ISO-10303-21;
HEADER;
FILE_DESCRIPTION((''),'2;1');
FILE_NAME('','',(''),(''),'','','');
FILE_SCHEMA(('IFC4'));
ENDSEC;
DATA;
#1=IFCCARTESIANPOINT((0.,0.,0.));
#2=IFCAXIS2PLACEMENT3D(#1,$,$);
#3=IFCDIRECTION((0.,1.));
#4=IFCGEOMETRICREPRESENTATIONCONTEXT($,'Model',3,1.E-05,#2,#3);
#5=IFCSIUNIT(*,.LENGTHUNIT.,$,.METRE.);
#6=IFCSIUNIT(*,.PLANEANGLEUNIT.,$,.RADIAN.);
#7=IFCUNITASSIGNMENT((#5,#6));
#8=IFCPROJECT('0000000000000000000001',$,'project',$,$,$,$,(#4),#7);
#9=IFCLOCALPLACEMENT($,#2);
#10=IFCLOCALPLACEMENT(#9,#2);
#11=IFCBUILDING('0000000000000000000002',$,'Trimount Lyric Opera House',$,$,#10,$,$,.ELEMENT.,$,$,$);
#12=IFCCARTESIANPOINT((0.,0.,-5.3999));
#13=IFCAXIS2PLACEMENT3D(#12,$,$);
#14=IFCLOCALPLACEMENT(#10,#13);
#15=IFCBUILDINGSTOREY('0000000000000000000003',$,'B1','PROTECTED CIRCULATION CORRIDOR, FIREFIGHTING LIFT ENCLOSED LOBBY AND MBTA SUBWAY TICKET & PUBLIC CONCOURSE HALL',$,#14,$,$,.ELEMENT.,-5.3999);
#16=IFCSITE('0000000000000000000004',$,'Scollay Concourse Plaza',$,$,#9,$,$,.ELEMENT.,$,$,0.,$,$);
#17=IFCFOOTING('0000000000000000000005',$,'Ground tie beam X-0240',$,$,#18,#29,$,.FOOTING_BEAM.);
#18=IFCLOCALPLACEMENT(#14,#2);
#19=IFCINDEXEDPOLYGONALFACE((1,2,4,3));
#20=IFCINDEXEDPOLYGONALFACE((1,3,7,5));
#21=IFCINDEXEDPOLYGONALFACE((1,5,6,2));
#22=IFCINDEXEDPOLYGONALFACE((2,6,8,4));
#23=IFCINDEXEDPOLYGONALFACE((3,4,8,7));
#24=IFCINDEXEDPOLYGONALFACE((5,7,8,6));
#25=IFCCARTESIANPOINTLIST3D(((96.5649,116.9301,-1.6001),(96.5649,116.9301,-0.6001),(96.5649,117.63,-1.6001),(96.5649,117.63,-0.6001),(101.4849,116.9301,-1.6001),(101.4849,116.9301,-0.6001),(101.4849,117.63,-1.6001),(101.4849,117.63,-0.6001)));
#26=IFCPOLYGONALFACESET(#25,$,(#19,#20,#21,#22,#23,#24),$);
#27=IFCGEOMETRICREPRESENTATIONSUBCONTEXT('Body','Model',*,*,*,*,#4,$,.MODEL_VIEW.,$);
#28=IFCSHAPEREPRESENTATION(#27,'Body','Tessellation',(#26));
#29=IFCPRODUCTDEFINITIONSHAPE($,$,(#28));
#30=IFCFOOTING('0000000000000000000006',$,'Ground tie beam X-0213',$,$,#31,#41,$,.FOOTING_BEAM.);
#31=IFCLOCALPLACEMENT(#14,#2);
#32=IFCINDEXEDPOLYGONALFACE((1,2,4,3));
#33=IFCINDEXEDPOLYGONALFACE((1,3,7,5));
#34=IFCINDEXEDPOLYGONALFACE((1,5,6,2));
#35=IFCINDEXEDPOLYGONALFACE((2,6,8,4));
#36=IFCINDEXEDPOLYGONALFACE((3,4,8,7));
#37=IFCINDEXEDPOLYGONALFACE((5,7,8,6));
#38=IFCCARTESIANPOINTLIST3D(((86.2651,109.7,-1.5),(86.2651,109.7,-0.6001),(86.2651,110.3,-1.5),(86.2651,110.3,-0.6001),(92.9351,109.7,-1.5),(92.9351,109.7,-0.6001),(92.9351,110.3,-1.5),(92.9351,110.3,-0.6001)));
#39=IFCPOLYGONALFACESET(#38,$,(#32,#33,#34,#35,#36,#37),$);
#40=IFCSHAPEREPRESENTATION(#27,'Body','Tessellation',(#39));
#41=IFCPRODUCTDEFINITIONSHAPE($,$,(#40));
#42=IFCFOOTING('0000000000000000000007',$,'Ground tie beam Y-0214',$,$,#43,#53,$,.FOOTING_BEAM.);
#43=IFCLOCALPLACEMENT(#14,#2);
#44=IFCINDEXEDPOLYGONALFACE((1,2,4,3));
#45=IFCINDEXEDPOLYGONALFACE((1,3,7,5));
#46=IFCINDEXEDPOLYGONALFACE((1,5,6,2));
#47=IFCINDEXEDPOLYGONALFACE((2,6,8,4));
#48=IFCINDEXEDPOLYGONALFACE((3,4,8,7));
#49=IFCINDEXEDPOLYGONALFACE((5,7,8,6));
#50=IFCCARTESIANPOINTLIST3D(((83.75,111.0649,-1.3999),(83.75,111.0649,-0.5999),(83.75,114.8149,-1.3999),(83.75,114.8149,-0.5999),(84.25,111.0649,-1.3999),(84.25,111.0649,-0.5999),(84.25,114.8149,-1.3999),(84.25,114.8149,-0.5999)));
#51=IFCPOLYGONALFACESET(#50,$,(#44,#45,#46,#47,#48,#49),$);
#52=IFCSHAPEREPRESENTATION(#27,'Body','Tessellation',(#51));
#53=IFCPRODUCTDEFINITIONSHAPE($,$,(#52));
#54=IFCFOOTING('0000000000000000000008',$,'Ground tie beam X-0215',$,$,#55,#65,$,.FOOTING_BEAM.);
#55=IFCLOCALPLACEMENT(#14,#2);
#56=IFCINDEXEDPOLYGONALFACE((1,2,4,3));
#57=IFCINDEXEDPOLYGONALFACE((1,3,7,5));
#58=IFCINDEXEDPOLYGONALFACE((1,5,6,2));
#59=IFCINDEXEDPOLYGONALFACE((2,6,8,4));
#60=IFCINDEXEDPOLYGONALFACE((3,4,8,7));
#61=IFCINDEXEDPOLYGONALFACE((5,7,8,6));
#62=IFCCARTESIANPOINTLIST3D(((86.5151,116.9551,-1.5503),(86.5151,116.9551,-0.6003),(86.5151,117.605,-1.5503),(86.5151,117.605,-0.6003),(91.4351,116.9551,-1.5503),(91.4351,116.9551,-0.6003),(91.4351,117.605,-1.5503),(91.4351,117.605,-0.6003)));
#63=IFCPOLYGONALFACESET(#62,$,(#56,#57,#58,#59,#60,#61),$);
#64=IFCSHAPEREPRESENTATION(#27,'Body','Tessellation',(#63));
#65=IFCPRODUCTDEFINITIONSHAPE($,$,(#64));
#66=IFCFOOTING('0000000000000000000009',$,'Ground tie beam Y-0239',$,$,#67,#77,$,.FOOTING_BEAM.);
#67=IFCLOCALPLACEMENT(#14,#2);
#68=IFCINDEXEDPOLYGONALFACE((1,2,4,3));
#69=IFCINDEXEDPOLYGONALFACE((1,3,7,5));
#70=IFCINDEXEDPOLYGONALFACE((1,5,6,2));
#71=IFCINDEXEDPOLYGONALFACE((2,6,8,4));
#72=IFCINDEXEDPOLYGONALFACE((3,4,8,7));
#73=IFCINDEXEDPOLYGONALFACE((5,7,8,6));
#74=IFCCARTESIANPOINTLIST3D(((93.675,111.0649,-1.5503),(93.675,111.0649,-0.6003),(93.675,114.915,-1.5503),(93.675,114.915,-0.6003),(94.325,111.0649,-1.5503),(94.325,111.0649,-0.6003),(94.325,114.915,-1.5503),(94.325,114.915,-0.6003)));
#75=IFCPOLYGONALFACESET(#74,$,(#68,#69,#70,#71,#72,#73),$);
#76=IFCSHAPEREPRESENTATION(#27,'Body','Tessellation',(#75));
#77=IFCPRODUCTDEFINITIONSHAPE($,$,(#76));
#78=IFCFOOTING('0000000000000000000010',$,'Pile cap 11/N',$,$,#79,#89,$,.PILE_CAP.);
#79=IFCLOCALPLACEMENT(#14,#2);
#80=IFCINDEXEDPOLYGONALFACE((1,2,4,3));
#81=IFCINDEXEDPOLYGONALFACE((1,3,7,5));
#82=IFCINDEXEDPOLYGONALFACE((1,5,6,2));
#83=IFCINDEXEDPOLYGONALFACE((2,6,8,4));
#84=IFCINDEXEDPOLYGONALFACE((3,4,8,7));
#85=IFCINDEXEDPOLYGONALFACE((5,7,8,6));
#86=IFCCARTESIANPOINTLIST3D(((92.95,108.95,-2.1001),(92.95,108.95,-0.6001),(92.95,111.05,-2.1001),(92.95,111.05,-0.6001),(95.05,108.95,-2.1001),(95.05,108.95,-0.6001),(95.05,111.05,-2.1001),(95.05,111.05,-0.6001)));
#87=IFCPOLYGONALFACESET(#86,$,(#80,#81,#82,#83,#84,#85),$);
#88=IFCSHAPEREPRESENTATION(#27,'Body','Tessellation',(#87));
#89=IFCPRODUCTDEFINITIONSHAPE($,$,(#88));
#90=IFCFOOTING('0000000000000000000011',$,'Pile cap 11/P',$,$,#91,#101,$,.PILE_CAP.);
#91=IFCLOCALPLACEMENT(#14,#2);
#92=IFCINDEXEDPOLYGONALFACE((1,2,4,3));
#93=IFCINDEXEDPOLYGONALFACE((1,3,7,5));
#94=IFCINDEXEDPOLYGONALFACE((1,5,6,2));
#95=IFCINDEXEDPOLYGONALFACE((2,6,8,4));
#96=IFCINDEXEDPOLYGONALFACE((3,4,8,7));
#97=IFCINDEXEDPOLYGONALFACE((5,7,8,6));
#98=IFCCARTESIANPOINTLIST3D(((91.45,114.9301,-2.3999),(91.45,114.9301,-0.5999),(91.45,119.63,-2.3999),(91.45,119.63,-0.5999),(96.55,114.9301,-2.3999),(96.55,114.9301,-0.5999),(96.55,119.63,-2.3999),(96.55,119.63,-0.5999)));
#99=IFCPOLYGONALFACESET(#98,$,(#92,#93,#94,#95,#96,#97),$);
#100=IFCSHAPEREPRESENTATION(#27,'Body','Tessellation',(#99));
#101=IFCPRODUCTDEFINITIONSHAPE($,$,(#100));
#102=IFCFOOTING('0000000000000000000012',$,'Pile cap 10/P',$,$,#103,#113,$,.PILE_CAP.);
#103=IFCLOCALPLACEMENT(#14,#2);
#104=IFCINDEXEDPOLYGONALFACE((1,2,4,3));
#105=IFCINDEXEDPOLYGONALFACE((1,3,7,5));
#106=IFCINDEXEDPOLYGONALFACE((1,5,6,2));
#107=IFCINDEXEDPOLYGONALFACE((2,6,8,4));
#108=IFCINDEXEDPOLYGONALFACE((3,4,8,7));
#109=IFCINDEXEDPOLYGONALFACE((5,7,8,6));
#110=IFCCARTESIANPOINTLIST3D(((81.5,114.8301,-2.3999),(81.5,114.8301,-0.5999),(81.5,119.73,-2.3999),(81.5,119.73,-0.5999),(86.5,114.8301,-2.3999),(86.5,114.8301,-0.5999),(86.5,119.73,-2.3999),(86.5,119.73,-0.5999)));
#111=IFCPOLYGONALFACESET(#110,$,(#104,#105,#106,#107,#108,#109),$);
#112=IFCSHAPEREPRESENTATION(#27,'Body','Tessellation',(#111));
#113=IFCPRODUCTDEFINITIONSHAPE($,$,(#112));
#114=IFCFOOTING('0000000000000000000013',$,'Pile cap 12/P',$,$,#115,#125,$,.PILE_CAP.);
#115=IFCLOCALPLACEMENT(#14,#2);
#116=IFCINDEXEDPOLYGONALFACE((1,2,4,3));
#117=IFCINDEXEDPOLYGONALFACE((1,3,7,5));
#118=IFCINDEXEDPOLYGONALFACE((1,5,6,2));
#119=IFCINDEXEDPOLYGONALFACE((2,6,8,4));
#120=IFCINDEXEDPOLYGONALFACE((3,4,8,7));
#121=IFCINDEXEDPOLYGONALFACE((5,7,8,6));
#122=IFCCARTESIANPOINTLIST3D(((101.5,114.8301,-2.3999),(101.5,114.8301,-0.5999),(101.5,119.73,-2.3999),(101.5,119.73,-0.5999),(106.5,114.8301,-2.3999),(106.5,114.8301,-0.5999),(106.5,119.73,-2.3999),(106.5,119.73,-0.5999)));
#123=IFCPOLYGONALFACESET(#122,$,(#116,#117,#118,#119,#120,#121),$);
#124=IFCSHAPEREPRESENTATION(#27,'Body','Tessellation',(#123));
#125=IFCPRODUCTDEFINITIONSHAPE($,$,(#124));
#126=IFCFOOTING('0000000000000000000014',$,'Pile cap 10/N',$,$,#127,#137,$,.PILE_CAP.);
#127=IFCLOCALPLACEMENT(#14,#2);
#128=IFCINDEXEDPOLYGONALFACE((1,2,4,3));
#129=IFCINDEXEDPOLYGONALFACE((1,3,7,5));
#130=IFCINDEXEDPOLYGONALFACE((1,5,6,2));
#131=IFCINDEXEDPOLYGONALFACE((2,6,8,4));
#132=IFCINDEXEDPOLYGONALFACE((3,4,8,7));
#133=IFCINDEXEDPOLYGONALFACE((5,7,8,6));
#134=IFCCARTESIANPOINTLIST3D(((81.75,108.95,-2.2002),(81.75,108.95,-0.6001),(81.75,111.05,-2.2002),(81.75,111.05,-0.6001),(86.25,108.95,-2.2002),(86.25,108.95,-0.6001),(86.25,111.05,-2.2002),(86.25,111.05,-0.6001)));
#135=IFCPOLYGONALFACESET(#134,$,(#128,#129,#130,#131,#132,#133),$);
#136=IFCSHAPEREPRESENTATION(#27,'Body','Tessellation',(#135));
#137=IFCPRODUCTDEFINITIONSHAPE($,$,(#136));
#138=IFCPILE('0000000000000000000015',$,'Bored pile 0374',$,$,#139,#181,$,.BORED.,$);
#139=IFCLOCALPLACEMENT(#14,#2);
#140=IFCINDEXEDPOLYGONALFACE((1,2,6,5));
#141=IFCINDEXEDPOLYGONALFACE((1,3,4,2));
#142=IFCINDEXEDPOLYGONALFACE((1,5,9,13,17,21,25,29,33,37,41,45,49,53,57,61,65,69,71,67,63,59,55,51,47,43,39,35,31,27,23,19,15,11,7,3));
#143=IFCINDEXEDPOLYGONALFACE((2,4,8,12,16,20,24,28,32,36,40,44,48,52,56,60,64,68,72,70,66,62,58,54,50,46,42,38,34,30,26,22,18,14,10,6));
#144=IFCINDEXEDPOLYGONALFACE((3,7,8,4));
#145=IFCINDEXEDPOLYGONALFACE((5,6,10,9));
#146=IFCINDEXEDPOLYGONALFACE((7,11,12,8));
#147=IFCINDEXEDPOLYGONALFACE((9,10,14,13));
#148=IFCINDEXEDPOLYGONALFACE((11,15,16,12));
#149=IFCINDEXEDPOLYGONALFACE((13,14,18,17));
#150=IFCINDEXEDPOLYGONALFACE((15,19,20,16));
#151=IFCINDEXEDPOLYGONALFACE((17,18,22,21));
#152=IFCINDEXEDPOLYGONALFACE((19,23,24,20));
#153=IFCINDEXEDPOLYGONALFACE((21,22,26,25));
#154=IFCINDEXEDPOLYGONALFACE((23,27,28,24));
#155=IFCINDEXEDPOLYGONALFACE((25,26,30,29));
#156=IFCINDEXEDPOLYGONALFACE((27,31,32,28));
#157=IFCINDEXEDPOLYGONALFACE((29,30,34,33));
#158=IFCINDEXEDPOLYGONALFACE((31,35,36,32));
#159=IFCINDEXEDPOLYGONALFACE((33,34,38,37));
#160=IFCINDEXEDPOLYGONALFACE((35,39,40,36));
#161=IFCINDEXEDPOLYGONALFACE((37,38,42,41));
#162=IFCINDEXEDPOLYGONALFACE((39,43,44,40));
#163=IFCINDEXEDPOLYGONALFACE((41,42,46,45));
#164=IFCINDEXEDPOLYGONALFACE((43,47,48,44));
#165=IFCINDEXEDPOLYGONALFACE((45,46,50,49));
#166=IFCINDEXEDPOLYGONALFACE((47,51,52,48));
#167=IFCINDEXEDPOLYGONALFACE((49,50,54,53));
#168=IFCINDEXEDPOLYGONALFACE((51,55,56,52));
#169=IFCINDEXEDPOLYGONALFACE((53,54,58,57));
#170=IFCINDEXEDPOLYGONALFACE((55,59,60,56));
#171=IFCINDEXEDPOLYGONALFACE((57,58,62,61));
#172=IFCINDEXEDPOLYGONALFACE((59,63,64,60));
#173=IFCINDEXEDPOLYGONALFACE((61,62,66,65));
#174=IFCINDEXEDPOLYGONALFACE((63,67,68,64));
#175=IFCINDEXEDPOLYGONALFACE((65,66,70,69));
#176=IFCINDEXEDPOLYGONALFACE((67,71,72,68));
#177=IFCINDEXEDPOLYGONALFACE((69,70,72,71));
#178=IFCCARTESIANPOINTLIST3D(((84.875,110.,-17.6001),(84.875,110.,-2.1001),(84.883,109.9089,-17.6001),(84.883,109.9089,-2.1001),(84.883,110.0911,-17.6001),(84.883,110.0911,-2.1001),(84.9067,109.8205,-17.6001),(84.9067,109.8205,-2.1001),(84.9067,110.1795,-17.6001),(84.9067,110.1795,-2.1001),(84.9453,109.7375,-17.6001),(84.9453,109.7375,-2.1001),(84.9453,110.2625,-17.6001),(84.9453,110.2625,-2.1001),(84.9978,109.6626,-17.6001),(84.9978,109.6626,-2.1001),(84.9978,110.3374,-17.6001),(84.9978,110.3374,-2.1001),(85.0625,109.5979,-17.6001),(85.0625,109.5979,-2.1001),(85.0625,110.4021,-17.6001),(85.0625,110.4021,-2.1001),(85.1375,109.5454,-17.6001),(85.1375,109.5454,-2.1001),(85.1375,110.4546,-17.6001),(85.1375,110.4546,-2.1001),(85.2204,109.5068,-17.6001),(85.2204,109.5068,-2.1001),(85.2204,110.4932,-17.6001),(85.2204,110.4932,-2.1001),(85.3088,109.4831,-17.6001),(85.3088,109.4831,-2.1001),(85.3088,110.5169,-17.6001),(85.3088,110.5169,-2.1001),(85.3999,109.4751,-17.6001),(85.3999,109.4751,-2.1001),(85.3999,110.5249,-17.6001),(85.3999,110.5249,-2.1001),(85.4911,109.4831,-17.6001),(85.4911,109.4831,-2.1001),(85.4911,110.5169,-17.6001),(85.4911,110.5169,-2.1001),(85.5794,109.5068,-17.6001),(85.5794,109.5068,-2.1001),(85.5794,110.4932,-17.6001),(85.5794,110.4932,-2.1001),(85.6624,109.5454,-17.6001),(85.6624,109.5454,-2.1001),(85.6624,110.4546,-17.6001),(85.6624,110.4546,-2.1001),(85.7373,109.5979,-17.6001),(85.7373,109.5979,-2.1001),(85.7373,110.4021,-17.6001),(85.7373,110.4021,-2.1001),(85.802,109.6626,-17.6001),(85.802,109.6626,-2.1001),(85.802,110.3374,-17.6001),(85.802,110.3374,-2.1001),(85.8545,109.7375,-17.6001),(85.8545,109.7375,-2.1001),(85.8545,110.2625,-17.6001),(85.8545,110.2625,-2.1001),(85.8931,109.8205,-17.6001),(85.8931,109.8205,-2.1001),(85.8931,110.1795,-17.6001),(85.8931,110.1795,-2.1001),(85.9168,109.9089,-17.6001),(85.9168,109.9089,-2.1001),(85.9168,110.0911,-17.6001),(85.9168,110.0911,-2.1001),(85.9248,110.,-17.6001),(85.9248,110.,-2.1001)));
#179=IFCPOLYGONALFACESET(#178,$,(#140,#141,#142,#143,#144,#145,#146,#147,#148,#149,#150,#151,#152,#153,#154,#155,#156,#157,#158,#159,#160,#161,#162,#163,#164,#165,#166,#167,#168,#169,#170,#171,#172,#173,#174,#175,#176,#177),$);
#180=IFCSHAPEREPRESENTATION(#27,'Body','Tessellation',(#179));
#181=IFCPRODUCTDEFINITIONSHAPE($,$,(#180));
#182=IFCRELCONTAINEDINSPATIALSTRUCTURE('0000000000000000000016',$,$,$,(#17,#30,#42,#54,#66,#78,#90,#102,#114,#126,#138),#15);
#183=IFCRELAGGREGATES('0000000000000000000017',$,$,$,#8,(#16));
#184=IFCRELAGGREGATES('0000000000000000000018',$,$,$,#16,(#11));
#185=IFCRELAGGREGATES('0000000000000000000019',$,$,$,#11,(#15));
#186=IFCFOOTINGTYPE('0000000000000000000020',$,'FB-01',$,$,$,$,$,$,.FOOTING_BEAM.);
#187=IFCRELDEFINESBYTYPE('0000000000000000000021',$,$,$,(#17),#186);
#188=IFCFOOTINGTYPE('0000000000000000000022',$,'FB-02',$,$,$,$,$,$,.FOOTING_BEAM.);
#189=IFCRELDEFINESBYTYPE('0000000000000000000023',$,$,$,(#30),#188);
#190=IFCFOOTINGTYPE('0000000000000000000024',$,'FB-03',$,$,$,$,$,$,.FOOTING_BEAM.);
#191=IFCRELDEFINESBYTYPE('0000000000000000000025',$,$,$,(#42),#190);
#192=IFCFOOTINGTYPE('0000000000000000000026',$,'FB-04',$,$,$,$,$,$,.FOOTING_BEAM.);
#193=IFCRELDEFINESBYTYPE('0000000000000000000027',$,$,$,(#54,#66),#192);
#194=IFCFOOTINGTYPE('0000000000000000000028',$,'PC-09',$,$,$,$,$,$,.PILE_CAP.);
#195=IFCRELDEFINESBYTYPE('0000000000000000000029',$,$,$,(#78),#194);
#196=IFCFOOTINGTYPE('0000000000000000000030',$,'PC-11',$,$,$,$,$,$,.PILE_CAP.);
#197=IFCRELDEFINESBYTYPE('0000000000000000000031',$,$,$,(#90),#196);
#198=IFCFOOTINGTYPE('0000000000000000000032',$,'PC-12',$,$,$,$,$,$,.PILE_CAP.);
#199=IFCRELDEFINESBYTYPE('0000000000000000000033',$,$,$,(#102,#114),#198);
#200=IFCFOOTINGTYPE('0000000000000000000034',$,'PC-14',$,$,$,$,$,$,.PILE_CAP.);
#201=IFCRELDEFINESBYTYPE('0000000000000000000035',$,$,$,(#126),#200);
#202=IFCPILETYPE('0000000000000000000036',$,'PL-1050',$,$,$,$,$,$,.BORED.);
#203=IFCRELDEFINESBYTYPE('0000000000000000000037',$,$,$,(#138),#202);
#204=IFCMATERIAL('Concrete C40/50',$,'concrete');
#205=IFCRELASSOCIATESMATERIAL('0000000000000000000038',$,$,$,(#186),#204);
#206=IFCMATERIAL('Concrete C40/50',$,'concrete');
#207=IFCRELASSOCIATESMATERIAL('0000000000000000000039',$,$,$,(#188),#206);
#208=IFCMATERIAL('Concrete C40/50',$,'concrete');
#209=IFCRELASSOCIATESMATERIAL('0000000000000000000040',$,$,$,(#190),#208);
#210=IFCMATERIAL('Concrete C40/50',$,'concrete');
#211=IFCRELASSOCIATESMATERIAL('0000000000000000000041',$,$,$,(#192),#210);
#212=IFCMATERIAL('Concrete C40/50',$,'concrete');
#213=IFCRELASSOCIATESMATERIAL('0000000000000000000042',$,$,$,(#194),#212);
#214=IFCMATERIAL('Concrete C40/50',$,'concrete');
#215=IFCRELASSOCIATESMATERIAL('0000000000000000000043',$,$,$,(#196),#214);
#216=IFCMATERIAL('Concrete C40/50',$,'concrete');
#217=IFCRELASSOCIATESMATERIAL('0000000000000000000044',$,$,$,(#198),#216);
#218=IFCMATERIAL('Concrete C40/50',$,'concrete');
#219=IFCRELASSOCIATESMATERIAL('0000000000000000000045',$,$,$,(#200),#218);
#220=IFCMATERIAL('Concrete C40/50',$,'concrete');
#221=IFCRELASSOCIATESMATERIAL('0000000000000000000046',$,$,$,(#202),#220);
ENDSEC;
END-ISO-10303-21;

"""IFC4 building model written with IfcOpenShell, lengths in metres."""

from ifc_helpers import new_model, si_unit, direction, frame, origin, origin_2d, place, context, subcontext, project, spatial, rectangle, circle, extrude, material, material_profile, profile_set, type_object, element, save


model = new_model("IFC4")

# Units and contexts
model_context = context("Model", 3, precision=1e-05, world=origin(), true_north=direction((0.0, 1.0)))
body_context = subcontext(model_context, "Body", "Model", "MODEL_VIEW")
ifc_project = project(units=[si_unit("LENGTHUNIT", "METRE"), si_unit("PLANEANGLEUNIT", "RADIAN")], contexts=[model_context])

# Site, building, storey
site_placement = place(None, origin())
site = spatial("IfcSite", under=ifc_project, at=site_placement, Name="Scollay Concourse Plaza", CompositionType="ELEMENT", RefElevation=0.0)
building_placement = place(site_placement, origin())
building = spatial("IfcBuilding", under=site, at=building_placement, Name="Trimount Lyric Opera House", CompositionType="ELEMENT")
storey_placement = place(building_placement, frame((0.0, 0.0, -5.3999)))
storey = spatial("IfcBuildingStorey", under=building, at=storey_placement, Name="B1", Description="PROTECTED CIRCULATION CORRIDOR, FIREFIGHTING LIFT ENCLOSED LOBBY AND MBTA SUBWAY TICKET & PUBLIC CONCOURSE HALL", CompositionType="ELEMENT", Elevation=-5.3999)

# Footings
ifc_material_1 = material(Name="Concrete C40/50", Category="concrete")
footing_type_1 = type_object("IfcFootingType", Name="FB-01", PredefinedType="FOOTING_BEAM", material=ifc_material_1)
footing_1_placement = place(storey_placement, frame((99.0249, 117.28, -1.6001), z_axis=(0.0, 0.0, 1.0), x_axis=(1.0, 0.0, 0.0)))
element("IfcFooting", 1, at=footing_1_placement, inside=storey, type_object=footing_type_1, Name="Ground tie beam X-0240", PredefinedType="FOOTING_BEAM", context=body_context, shape_type="SweptSolid", body=[
    extrude(rectangle(XDim=4.9199, YDim=0.7, at=origin_2d()), origin(), (0.0, 0.0, 1.0), 1.0),
])
ifc_material_2 = material(Name="Concrete C40/50", Category="concrete")
footing_type_2 = type_object("IfcFootingType", Name="FB-02", PredefinedType="FOOTING_BEAM", material=ifc_material_2)
footing_2_placement = place(storey_placement, frame((89.6001, 110.0, -1.5), z_axis=(0.0, 0.0, 1.0), x_axis=(1.0, 0.0, 0.0)))
element("IfcFooting", 2, at=footing_2_placement, inside=storey, type_object=footing_type_2, Name="Ground tie beam X-0213", PredefinedType="FOOTING_BEAM", context=body_context, shape_type="SweptSolid", body=[
    extrude(rectangle(XDim=6.6699, YDim=0.6001, at=origin_2d()), origin(), (0.0, 0.0, 1.0), 0.8999),
])
ifc_material_3 = material(Name="Concrete C40/50", Category="concrete")
footing_type_3 = type_object("IfcFootingType", Name="FB-03", PredefinedType="FOOTING_BEAM", material=ifc_material_3)
footing_3_placement = place(storey_placement, frame((84.0, 112.9399, -1.3999), z_axis=(0.0, 0.0, 1.0), x_axis=(1.0, 0.0, 0.0)))
element("IfcFooting", 3, at=footing_3_placement, inside=storey, type_object=footing_type_3, Name="Ground tie beam Y-0214", PredefinedType="FOOTING_BEAM", context=body_context, shape_type="SweptSolid", body=[
    extrude(rectangle(XDim=0.5, YDim=3.75, at=origin_2d()), origin(), (0.0, 0.0, 1.0), 0.8),
])
ifc_material_4 = material(Name="Concrete C40/50", Category="concrete")
footing_type_4 = type_object("IfcFootingType", Name="FB-04", PredefinedType="FOOTING_BEAM", material=ifc_material_4)
footing_4_placement = place(storey_placement, frame((88.9751, 117.28, -1.5503), z_axis=(0.0, 0.0, 1.0), x_axis=(1.0, 0.0, 0.0)))
element("IfcFooting", 4, at=footing_4_placement, inside=storey, type_object=footing_type_4, Name="Ground tie beam X-0215", PredefinedType="FOOTING_BEAM", context=body_context, shape_type="SweptSolid", body=[
    extrude(rectangle(XDim=4.9199, YDim=0.6499, at=origin_2d()), origin(), (0.0, 0.0, 1.0), 0.95),
])
footing_5_placement = place(storey_placement, frame((94.0, 112.99, -1.5503), z_axis=(0.0, 0.0, 1.0), x_axis=(1.0, 0.0, 0.0)))
element("IfcFooting", 5, at=footing_5_placement, inside=storey, type_object=footing_type_4, Name="Ground tie beam Y-0239", PredefinedType="FOOTING_BEAM", context=body_context, shape_type="SweptSolid", body=[
    extrude(rectangle(XDim=0.6499, YDim=3.8501, at=origin_2d()), origin(), (0.0, 0.0, 1.0), 0.95),
])
ifc_material_5 = material(Name="Concrete C40/50", Category="concrete")
footing_type_5 = type_object("IfcFootingType", Name="PC-09", PredefinedType="PILE_CAP", material=ifc_material_5)
footing_6_placement = place(storey_placement, frame((94.0, 110.0, -2.1001), z_axis=(0.0, 0.0, 1.0), x_axis=(1.0, 0.0, 0.0)))
element("IfcFooting", 6, at=footing_6_placement, inside=storey, type_object=footing_type_5, Name="Pile cap 11/N", PredefinedType="PILE_CAP", context=body_context, shape_type="SweptSolid", body=[
    extrude(rectangle(XDim=2.1001, YDim=2.1001, at=origin_2d()), origin(), (0.0, 0.0, 1.0), 1.5),
])
ifc_material_6 = material(Name="Concrete C40/50", Category="concrete")
footing_type_6 = type_object("IfcFootingType", Name="PC-11", PredefinedType="PILE_CAP", material=ifc_material_6)
footing_7_placement = place(storey_placement, frame((94.0, 117.28, -2.3999), z_axis=(0.0, 0.0, 1.0), x_axis=(1.0, 0.0, 0.0)))
element("IfcFooting", 7, at=footing_7_placement, inside=storey, type_object=footing_type_6, Name="Pile cap 11/P", PredefinedType="PILE_CAP", context=body_context, shape_type="SweptSolid", body=[
    extrude(rectangle(XDim=5.1001, YDim=4.7, at=origin_2d()), origin(), (0.0, 0.0, 1.0), 1.8),
])
ifc_material_7 = material(Name="Concrete C40/50", Category="concrete")
footing_type_7 = type_object("IfcFootingType", Name="PC-12", PredefinedType="PILE_CAP", material=ifc_material_7)
for number, where, z_axis, x_axis, name in (
    (8, (84.0, 117.28, -2.3999), (0.0, 0.0, 1.0), (1.0, 0.0, 0.0), "Pile cap 10/P"),
    (9, (104.0, 117.28, -2.3999), (0.0, 0.0, 1.0), (1.0, 0.0, 0.0), "Pile cap 12/P"),
):
    element("IfcFooting", number, at=place(storey_placement, frame(where, z_axis=z_axis, x_axis=x_axis)), inside=storey, type_object=footing_type_7, Name=name, PredefinedType="PILE_CAP", context=body_context, shape_type="SweptSolid", body=[
        extrude(rectangle(XDim=5.0, YDim=4.8999, at=origin_2d()), origin(), (0.0, 0.0, 1.0), 1.8),
    ])
ifc_material_8 = material(Name="Concrete C40/50", Category="concrete")
footing_type_8 = type_object("IfcFootingType", Name="PC-14", PredefinedType="PILE_CAP", material=ifc_material_8)
footing_8_placement = place(storey_placement, frame((84.0, 110.0, -2.2002), z_axis=(0.0, 0.0, 1.0), x_axis=(1.0, 0.0, 0.0)))
element("IfcFooting", 10, at=footing_8_placement, inside=storey, type_object=footing_type_8, Name="Pile cap 10/N", PredefinedType="PILE_CAP", context=body_context, shape_type="SweptSolid", body=[
    extrude(rectangle(XDim=4.5, YDim=2.1001, at=origin_2d()), origin(), (0.0, 0.0, 1.0), 1.6001),
])

# Pile
ifc_material_9 = material(Name="Concrete C40/50", Category="concrete")
ifc_material_profile_1 = material_profile(ifc_material_9, circle(Radius=0.5249, at=origin_2d()), Name="PILE-D1050")
ifc_profile_set_1 = profile_set([ifc_material_profile_1], Name="Concrete C40/50")
pile_type_1 = type_object("IfcPileType", Name="PL-1050", PredefinedType="BORED", material=ifc_profile_set_1)
pile_1_placement = place(storey_placement, frame((85.3999, 110.0, -2.1001), z_axis=(0.0, 0.0, -1.0), x_axis=(1.0, 0.0, 0.0)))
element("IfcPile", 11, at=pile_1_placement, inside=storey, type_object=pile_type_1, Name="Bored pile 0374", PredefinedType="BORED", context=body_context, shape_type="SweptSolid", body=[
    extrude(circle(Radius=0.5249, at=origin_2d()), origin(), (0.0, 0.0, 1.0), 15.5),
])

save(model, "model.ifc")
